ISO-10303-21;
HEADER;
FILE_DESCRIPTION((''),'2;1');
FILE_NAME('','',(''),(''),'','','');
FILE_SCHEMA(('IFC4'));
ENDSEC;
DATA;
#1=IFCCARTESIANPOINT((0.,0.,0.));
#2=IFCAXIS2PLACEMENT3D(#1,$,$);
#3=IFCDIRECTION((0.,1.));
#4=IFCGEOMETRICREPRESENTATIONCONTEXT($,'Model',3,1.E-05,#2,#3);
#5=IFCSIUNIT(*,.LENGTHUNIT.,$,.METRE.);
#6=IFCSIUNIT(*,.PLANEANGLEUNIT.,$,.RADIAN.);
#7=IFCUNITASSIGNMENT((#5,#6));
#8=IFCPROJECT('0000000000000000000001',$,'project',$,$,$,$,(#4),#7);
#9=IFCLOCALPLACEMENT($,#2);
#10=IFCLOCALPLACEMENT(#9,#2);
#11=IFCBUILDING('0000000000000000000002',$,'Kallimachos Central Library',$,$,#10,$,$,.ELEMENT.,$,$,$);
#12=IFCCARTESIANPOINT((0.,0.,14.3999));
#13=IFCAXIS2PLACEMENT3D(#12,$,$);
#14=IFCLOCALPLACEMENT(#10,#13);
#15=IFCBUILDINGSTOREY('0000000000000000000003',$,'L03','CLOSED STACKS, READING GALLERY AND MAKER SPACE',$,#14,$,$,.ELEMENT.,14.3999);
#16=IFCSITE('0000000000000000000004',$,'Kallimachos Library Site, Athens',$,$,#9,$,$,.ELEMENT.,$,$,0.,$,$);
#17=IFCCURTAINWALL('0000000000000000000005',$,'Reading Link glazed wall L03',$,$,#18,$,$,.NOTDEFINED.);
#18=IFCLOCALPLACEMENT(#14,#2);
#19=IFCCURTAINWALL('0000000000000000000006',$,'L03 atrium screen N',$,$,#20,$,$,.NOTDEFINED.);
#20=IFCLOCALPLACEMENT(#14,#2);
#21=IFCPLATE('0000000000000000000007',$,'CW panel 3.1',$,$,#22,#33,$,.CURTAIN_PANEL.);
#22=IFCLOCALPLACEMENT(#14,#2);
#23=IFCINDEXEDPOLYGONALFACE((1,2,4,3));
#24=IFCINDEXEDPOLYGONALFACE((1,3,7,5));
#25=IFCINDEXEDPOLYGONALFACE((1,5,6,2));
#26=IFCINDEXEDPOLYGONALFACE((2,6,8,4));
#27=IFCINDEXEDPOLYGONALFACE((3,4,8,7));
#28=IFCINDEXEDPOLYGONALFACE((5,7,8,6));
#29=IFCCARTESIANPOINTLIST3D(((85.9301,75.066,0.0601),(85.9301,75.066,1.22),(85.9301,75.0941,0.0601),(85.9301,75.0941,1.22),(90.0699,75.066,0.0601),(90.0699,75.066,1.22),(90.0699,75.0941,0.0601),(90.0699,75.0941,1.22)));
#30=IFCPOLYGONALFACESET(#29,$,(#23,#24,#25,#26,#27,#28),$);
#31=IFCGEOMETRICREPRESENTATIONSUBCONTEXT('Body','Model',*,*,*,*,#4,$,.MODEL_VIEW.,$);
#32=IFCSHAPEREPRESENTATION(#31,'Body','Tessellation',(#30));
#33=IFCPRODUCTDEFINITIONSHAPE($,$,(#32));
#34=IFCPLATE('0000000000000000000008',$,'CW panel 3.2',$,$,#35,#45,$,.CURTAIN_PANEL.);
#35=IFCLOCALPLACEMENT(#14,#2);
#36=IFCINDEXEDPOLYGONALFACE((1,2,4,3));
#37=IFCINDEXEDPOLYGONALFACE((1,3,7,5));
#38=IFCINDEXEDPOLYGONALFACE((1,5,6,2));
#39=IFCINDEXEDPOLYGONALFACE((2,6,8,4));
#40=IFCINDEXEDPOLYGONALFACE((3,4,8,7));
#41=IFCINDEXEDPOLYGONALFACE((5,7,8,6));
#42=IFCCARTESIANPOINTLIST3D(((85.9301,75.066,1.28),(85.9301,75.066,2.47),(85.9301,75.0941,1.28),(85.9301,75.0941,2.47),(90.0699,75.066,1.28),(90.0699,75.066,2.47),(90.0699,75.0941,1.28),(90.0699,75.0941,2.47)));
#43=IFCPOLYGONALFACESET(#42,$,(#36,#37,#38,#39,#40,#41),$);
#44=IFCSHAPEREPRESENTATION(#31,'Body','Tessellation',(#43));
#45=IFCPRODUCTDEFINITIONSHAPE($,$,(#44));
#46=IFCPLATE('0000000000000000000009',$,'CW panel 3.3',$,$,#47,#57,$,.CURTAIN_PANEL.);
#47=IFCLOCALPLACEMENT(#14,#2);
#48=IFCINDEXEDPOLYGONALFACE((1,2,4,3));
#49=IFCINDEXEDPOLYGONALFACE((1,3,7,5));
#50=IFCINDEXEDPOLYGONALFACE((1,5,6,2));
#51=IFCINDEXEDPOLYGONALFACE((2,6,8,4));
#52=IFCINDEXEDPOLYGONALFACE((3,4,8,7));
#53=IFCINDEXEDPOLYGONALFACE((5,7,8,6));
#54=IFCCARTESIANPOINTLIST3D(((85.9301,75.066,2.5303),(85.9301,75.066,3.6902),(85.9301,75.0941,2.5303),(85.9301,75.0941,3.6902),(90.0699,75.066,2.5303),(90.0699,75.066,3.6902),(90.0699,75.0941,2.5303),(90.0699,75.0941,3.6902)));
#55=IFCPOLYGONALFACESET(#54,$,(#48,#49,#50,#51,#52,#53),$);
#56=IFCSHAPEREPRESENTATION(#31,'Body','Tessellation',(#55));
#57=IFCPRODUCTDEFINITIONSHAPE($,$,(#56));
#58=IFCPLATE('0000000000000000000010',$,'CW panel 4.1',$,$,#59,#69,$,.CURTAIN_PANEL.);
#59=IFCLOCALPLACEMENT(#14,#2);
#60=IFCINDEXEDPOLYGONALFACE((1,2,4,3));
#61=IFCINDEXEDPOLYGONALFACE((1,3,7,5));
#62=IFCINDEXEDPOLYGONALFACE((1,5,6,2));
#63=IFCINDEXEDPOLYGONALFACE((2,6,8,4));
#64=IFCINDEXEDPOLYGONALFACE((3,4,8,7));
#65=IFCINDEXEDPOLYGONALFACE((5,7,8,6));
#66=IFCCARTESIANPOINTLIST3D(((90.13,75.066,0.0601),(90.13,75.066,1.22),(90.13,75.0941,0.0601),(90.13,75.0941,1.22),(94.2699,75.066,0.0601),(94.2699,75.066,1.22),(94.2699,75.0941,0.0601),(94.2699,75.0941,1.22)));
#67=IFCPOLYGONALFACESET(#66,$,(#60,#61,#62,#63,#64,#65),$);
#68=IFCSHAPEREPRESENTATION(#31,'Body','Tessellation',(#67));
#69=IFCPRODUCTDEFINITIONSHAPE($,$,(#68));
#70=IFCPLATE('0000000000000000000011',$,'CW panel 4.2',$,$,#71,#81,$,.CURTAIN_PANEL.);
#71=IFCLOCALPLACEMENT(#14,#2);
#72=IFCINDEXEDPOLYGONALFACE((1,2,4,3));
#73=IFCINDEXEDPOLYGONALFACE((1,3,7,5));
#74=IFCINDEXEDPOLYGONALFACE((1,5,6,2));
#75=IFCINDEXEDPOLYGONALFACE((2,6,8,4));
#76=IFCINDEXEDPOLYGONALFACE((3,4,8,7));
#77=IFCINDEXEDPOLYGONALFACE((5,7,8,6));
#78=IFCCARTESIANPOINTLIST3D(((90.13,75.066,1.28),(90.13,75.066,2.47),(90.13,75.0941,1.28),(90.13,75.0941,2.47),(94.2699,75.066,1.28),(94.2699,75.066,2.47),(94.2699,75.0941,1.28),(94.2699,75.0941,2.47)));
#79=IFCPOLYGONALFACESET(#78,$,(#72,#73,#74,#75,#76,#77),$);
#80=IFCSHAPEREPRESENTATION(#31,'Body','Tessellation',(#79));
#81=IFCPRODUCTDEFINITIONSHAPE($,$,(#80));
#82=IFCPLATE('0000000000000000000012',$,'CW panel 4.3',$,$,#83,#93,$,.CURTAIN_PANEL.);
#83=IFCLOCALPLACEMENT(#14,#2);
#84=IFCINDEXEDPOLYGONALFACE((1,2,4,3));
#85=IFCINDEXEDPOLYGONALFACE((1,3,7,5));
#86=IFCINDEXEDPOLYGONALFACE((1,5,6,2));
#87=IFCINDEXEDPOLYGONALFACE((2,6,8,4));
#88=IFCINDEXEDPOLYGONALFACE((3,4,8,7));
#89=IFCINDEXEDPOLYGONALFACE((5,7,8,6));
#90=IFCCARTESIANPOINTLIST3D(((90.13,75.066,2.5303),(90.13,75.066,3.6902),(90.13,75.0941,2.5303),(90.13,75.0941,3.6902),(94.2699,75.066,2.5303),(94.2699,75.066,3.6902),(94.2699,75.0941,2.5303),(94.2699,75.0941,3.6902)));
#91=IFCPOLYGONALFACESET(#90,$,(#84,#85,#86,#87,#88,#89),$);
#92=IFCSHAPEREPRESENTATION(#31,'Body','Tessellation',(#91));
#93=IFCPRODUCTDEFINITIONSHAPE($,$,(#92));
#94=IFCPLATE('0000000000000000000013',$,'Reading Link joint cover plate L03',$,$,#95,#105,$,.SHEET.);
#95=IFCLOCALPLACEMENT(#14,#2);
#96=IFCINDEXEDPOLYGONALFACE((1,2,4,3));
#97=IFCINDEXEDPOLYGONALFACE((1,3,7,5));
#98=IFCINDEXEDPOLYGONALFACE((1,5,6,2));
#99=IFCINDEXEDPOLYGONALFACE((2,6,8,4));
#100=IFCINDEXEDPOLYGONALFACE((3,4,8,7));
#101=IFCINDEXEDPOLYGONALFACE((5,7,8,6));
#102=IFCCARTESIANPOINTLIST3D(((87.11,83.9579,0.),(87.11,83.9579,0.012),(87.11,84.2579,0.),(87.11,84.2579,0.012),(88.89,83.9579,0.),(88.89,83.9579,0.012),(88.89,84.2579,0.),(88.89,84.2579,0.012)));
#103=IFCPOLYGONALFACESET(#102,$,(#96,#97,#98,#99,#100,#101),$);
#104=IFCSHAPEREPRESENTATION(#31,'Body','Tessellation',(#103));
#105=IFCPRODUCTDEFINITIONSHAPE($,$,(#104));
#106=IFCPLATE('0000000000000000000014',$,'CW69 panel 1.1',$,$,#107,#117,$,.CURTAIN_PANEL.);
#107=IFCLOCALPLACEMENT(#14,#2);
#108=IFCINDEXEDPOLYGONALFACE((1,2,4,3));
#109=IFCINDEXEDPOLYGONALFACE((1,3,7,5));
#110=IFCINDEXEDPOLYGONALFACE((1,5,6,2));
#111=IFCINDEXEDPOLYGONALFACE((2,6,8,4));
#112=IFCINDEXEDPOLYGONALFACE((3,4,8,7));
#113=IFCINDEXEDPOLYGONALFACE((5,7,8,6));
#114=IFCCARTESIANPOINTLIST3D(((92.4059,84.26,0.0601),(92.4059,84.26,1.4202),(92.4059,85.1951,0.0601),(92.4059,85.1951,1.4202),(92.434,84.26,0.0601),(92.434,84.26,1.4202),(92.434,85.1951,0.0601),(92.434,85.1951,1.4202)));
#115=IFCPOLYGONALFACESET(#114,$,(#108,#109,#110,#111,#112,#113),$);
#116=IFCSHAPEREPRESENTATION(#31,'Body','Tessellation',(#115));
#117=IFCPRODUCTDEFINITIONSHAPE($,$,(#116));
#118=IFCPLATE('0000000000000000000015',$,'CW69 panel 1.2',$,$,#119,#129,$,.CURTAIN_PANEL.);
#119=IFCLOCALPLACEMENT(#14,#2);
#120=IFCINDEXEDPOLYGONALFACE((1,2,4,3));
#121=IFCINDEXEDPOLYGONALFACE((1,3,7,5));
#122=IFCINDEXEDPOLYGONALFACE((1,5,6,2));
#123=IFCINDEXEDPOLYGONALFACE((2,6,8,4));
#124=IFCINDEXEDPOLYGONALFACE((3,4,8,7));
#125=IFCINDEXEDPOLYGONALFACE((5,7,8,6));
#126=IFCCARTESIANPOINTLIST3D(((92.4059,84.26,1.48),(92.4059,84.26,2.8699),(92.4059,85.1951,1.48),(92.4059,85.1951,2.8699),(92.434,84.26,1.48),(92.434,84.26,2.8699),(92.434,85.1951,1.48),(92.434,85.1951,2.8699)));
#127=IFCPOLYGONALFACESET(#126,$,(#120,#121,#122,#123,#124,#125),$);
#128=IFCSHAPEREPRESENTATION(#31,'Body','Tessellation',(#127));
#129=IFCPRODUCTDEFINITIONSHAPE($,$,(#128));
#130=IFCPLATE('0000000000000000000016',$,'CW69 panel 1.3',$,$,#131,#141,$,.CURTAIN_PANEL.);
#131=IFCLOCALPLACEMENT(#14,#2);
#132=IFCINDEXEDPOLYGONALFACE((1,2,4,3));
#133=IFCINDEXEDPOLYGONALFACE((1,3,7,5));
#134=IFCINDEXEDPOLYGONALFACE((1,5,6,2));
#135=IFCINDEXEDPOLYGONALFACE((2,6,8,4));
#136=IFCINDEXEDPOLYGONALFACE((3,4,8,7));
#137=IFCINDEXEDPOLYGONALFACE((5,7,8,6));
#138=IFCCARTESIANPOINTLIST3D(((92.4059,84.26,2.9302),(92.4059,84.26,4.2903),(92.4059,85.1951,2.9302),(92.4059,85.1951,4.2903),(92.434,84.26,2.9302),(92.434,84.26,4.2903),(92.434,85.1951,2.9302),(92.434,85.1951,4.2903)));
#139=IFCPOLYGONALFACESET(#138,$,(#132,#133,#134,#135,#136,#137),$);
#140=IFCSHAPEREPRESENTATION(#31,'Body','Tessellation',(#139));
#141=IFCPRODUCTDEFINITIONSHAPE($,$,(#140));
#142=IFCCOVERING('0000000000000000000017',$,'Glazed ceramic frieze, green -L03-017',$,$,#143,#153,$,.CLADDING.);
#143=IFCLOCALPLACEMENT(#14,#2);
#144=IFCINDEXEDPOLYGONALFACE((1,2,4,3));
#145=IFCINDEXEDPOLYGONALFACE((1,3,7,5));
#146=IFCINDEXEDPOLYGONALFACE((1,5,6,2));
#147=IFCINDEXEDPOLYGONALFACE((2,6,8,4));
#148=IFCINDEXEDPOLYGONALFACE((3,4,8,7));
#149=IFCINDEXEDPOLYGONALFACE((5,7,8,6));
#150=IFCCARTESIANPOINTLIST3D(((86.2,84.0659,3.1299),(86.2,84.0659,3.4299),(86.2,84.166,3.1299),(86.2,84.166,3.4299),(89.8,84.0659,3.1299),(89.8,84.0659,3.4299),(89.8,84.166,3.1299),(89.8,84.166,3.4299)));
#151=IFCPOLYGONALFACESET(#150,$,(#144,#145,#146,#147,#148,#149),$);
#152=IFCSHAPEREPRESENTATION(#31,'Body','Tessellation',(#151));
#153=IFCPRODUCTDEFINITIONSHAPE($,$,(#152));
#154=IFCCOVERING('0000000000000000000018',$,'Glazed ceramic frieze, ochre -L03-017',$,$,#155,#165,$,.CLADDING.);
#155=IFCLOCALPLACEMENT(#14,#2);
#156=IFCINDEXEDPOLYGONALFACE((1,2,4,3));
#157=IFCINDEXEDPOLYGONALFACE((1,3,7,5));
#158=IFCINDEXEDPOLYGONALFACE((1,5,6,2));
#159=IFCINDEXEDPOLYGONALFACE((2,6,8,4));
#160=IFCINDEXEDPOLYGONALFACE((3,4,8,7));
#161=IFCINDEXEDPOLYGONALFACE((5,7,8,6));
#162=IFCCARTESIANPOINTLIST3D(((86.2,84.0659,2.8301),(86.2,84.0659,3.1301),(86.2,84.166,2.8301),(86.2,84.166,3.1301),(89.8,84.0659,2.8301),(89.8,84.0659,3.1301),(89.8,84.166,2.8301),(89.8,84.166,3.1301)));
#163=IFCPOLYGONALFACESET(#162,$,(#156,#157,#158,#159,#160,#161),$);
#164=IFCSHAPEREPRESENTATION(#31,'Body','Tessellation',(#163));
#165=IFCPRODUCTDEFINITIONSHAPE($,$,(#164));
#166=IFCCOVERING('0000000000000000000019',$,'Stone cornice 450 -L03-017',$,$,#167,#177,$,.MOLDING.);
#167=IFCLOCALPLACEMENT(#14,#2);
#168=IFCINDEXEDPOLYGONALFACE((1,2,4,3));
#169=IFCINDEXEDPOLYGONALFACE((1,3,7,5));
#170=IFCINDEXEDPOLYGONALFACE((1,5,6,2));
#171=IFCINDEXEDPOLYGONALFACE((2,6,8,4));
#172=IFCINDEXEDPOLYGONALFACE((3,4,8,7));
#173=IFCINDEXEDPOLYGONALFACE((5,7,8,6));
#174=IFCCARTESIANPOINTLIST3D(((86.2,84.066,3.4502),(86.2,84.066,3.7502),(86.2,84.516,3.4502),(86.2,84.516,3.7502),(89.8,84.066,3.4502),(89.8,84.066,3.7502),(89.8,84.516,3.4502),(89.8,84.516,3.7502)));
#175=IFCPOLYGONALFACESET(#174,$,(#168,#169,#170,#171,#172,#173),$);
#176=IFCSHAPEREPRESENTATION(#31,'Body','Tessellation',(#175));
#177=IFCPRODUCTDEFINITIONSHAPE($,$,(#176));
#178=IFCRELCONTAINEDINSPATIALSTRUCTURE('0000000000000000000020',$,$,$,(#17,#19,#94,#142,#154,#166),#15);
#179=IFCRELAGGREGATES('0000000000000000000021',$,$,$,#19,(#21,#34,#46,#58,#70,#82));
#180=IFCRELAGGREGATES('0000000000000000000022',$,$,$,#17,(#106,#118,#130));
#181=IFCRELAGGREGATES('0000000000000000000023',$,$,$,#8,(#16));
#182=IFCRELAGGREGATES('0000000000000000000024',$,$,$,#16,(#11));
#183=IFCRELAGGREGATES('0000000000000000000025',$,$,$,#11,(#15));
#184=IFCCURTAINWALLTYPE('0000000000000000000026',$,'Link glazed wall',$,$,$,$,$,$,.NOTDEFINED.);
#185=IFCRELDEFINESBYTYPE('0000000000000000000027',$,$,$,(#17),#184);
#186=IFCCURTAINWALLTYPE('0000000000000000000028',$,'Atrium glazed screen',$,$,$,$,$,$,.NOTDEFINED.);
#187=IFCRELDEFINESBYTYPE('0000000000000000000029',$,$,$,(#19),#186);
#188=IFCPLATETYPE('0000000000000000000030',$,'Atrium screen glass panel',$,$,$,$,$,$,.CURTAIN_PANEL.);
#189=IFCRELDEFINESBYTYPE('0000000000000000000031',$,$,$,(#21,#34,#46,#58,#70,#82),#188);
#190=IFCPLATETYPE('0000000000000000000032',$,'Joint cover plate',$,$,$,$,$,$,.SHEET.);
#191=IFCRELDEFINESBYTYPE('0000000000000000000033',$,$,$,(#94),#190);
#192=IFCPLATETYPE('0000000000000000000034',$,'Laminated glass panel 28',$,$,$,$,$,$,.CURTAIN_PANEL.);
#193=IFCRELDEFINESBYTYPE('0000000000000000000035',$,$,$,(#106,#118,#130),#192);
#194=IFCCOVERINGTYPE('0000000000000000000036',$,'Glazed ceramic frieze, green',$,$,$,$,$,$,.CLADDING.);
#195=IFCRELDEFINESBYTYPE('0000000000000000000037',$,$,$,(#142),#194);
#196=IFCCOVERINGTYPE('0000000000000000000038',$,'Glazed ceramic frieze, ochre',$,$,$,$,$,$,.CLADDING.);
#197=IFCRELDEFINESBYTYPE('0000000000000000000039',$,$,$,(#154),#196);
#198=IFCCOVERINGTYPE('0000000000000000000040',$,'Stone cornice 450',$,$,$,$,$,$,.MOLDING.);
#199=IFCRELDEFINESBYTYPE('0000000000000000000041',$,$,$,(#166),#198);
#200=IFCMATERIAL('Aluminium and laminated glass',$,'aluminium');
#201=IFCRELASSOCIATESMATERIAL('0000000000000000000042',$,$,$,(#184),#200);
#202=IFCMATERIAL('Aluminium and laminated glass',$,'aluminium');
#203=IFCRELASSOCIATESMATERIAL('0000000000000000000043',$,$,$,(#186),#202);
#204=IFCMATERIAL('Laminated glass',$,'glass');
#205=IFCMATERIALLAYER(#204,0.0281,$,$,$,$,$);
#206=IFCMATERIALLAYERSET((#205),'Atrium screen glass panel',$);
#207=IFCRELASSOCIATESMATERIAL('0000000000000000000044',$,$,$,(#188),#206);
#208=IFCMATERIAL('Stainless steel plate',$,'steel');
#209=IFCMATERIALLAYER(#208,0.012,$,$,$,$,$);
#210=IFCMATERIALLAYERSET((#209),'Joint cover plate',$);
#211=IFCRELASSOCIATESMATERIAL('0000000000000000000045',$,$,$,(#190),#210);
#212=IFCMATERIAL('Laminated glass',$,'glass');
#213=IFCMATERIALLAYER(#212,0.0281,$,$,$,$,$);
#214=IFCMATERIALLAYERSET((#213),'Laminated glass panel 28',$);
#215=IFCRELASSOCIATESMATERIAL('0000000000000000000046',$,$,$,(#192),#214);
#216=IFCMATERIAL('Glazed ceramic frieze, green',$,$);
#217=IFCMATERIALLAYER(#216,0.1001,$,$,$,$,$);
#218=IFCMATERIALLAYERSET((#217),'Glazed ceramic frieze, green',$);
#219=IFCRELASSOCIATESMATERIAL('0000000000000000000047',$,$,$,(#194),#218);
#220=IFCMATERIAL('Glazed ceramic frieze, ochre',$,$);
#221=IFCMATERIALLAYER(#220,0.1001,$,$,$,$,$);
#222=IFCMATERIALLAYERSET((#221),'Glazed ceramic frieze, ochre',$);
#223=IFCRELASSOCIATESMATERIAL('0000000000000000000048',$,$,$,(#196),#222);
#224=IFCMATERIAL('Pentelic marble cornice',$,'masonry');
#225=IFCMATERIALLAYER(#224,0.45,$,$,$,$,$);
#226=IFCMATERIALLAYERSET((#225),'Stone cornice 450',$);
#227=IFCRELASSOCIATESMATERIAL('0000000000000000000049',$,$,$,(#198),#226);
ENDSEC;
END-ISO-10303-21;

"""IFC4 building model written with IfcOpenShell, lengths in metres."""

from ifc_helpers import new_model, si_unit, direction, frame, origin, origin_2d, place, context, subcontext, project, spatial, rectangle, extrude, material, layer, layer_set, type_object, element, aggregate, save


model = new_model("IFC4")

# Units and contexts
model_context = context("Model", 3, precision=1e-05, world=origin(), true_north=direction((0.0, 1.0)))
body_context = subcontext(model_context, "Body", "Model", "MODEL_VIEW")
ifc_project = project(units=[si_unit("LENGTHUNIT", "METRE"), si_unit("PLANEANGLEUNIT", "RADIAN")], contexts=[model_context])

# Site, building, storey
site_placement = place(None, origin())
site = spatial("IfcSite", under=ifc_project, at=site_placement, Name="Kallimachos Library Site, Athens", CompositionType="ELEMENT", RefElevation=0.0)
building_placement = place(site_placement, origin())
building = spatial("IfcBuilding", under=site, at=building_placement, Name="Kallimachos Central Library", CompositionType="ELEMENT")
storey_placement = place(building_placement, frame((0.0, 0.0, 14.3999)))
storey = spatial("IfcBuildingStorey", under=building, at=storey_placement, Name="L03", Description="CLOSED STACKS, READING GALLERY AND MAKER SPACE", CompositionType="ELEMENT", Elevation=14.3999)

# Curtain walls
ifc_material_1 = material(Name="Aluminium and laminated glass", Category="aluminium")
curtain_wall_type_1 = type_object("IfcCurtainWallType", Name="Link glazed wall", PredefinedType="NOTDEFINED", material=ifc_material_1)
curtain_wall_1_placement = place(storey_placement, origin())
curtain_wall_1 = element("IfcCurtainWall", 1, at=curtain_wall_1_placement, inside=storey, type_object=curtain_wall_type_1, Name="Reading Link glazed wall L03", PredefinedType="NOTDEFINED")
ifc_material_2 = material(Name="Aluminium and laminated glass", Category="aluminium")
curtain_wall_type_2 = type_object("IfcCurtainWallType", Name="Atrium glazed screen", PredefinedType="NOTDEFINED", material=ifc_material_2)
curtain_wall_2_placement = place(storey_placement, origin())
curtain_wall_2 = element("IfcCurtainWall", 2, at=curtain_wall_2_placement, inside=storey, type_object=curtain_wall_type_2, Name="L03 atrium screen N", PredefinedType="NOTDEFINED")

# Plates
ifc_material_3 = material(Name="Laminated glass", Category="glass")
ifc_layer_1 = layer(ifc_material_3, 0.0281)
ifc_layer_set_1 = layer_set([ifc_layer_1], Name="Atrium screen glass panel")
plate_type_1 = type_object("IfcPlateType", Name="Atrium screen glass panel", PredefinedType="CURTAIN_PANEL", material=ifc_layer_set_1)
plate_1_placement = place(storey_placement, frame((88.0, 75.0801, 0.0601), z_axis=(0.0, 0.0, 1.0), x_axis=(1.0, 0.0, 0.0)))
plate_1 = element("IfcPlate", 3, at=plate_1_placement, type_object=plate_type_1, Name="CW panel 3.1", PredefinedType="CURTAIN_PANEL", context=body_context, shape_type="SweptSolid", body=[
    extrude(rectangle(XDim=4.1399, YDim=0.0281, at=origin_2d()), origin(), (0.0, 0.0, 1.0), 1.1599),
])
plate_2_placement = place(storey_placement, frame((88.0, 75.0801, 1.28), z_axis=(0.0, 0.0, 1.0), x_axis=(1.0, 0.0, 0.0)))
plate_2 = element("IfcPlate", 4, at=plate_2_placement, type_object=plate_type_1, Name="CW panel 3.2", PredefinedType="CURTAIN_PANEL", context=body_context, shape_type="SweptSolid", body=[
    extrude(rectangle(XDim=4.1399, YDim=0.0281, at=origin_2d()), origin(), (0.0, 0.0, 1.0), 1.1899),
])
plate_3_placement = place(storey_placement, frame((88.0, 75.0801, 2.5303), z_axis=(0.0, 0.0, 1.0), x_axis=(1.0, 0.0, 0.0)))
plate_3 = element("IfcPlate", 5, at=plate_3_placement, type_object=plate_type_1, Name="CW panel 3.3", PredefinedType="CURTAIN_PANEL", context=body_context, shape_type="SweptSolid", body=[
    extrude(rectangle(XDim=4.1399, YDim=0.0281, at=origin_2d()), origin(), (0.0, 0.0, 1.0), 1.1599),
])
plate_4_placement = place(storey_placement, frame((92.2, 75.0801, 0.0601), z_axis=(0.0, 0.0, 1.0), x_axis=(1.0, 0.0, 0.0)))
plate_4 = element("IfcPlate", 6, at=plate_4_placement, type_object=plate_type_1, Name="CW panel 4.1", PredefinedType="CURTAIN_PANEL", context=body_context, shape_type="SweptSolid", body=[
    extrude(rectangle(XDim=4.1399, YDim=0.0281, at=origin_2d()), origin(), (0.0, 0.0, 1.0), 1.1599),
])
plate_5_placement = place(storey_placement, frame((92.2, 75.0801, 1.28), z_axis=(0.0, 0.0, 1.0), x_axis=(1.0, 0.0, 0.0)))
plate_5 = element("IfcPlate", 7, at=plate_5_placement, type_object=plate_type_1, Name="CW panel 4.2", PredefinedType="CURTAIN_PANEL", context=body_context, shape_type="SweptSolid", body=[
    extrude(rectangle(XDim=4.1399, YDim=0.0281, at=origin_2d()), origin(), (0.0, 0.0, 1.0), 1.1899),
])
plate_6_placement = place(storey_placement, frame((92.2, 75.0801, 2.5303), z_axis=(0.0, 0.0, 1.0), x_axis=(1.0, 0.0, 0.0)))
plate_6 = element("IfcPlate", 8, at=plate_6_placement, type_object=plate_type_1, Name="CW panel 4.3", PredefinedType="CURTAIN_PANEL", context=body_context, shape_type="SweptSolid", body=[
    extrude(rectangle(XDim=4.1399, YDim=0.0281, at=origin_2d()), origin(), (0.0, 0.0, 1.0), 1.1599),
])
aggregate(curtain_wall_2, [plate_1, plate_2, plate_3, plate_4, plate_5, plate_6])
ifc_material_4 = material(Name="Stainless steel plate", Category="steel")
ifc_layer_2 = layer(ifc_material_4, 0.012)
ifc_layer_set_2 = layer_set([ifc_layer_2], Name="Joint cover plate")
plate_type_2 = type_object("IfcPlateType", Name="Joint cover plate", PredefinedType="SHEET", material=ifc_layer_set_2)
plate_7_placement = place(storey_placement, frame((88.0, 84.1079, 0.0), z_axis=(0.0, 0.0, 1.0), x_axis=(1.0, 0.0, 0.0)))
element("IfcPlate", 9, at=plate_7_placement, inside=storey, type_object=plate_type_2, Name="Reading Link joint cover plate L03", PredefinedType="SHEET", context=body_context, shape_type="SweptSolid", body=[
    extrude(rectangle(XDim=1.78, YDim=0.3, at=origin_2d()), origin(), (0.0, 0.0, 1.0), 0.012),
])
ifc_material_5 = material(Name="Laminated glass", Category="glass")
ifc_layer_3 = layer(ifc_material_5, 0.0281)
ifc_layer_set_3 = layer_set([ifc_layer_3], Name="Laminated glass panel 28")
plate_type_3 = type_object("IfcPlateType", Name="Laminated glass panel 28", PredefinedType="CURTAIN_PANEL", material=ifc_layer_set_3)
plate_8_placement = place(storey_placement, frame((92.4199, 84.7275, 0.0601), z_axis=(0.0, 0.0, 1.0), x_axis=(0.0, 1.0, 0.0)))
plate_8 = element("IfcPlate", 10, at=plate_8_placement, type_object=plate_type_3, Name="CW69 panel 1.1", PredefinedType="CURTAIN_PANEL", context=body_context, shape_type="SweptSolid", body=[
    extrude(rectangle(XDim=0.9351, YDim=0.0281, at=origin_2d()), origin(), (0.0, 0.0, 1.0), 1.3601),
])
plate_9_placement = place(storey_placement, frame((92.4199, 84.7275, 1.48), z_axis=(0.0, 0.0, 1.0), x_axis=(0.0, 1.0, 0.0)))
plate_9 = element("IfcPlate", 11, at=plate_9_placement, type_object=plate_type_3, Name="CW69 panel 1.2", PredefinedType="CURTAIN_PANEL", context=body_context, shape_type="SweptSolid", body=[
    extrude(rectangle(XDim=0.9351, YDim=0.0281, at=origin_2d()), origin(), (0.0, 0.0, 1.0), 1.3899),
])
plate_10_placement = place(storey_placement, frame((92.4199, 84.7275, 2.9302), z_axis=(0.0, 0.0, 1.0), x_axis=(0.0, 1.0, 0.0)))
plate_10 = element("IfcPlate", 12, at=plate_10_placement, type_object=plate_type_3, Name="CW69 panel 1.3", PredefinedType="CURTAIN_PANEL", context=body_context, shape_type="SweptSolid", body=[
    extrude(rectangle(XDim=0.9351, YDim=0.0281, at=origin_2d()), origin(), (0.0, 0.0, 1.0), 1.3601),
])
aggregate(curtain_wall_1, [plate_8, plate_9, plate_10])

# Coverings
ifc_material_6 = material(Name="Glazed ceramic frieze, green")
ifc_layer_4 = layer(ifc_material_6, 0.1001)
ifc_layer_set_4 = layer_set([ifc_layer_4], Name="Glazed ceramic frieze, green")
covering_type_1 = type_object("IfcCoveringType", Name="Glazed ceramic frieze, green", PredefinedType="CLADDING", material=ifc_layer_set_4)
covering_1_placement = place(storey_placement, frame((88.0, 84.116, 3.1299), z_axis=(0.0, 0.0, 1.0), x_axis=(1.0, 0.0, 0.0)))
element("IfcCovering", 13, at=covering_1_placement, inside=storey, type_object=covering_type_1, Name="Glazed ceramic frieze, green -L03-017", PredefinedType="CLADDING", context=body_context, shape_type="SweptSolid", body=[
    extrude(rectangle(XDim=3.6001, YDim=0.1001, at=origin_2d()), origin(), (0.0, 0.0, 1.0), 0.3),
])
ifc_material_7 = material(Name="Glazed ceramic frieze, ochre")
ifc_layer_5 = layer(ifc_material_7, 0.1001)
ifc_layer_set_5 = layer_set([ifc_layer_5], Name="Glazed ceramic frieze, ochre")
covering_type_2 = type_object("IfcCoveringType", Name="Glazed ceramic frieze, ochre", PredefinedType="CLADDING", material=ifc_layer_set_5)
covering_2_placement = place(storey_placement, frame((88.0, 84.116, 2.8301), z_axis=(0.0, 0.0, 1.0), x_axis=(1.0, 0.0, 0.0)))
element("IfcCovering", 14, at=covering_2_placement, inside=storey, type_object=covering_type_2, Name="Glazed ceramic frieze, ochre -L03-017", PredefinedType="CLADDING", context=body_context, shape_type="SweptSolid", body=[
    extrude(rectangle(XDim=3.6001, YDim=0.1001, at=origin_2d()), origin(), (0.0, 0.0, 1.0), 0.3),
])
ifc_material_8 = material(Name="Pentelic marble cornice", Category="masonry")
ifc_layer_6 = layer(ifc_material_8, 0.45)
ifc_layer_set_6 = layer_set([ifc_layer_6], Name="Stone cornice 450")
covering_type_3 = type_object("IfcCoveringType", Name="Stone cornice 450", PredefinedType="MOLDING", material=ifc_layer_set_6)
covering_3_placement = place(storey_placement, frame((88.0, 84.291, 3.4502), z_axis=(0.0, 0.0, 1.0), x_axis=(1.0, 0.0, 0.0)))
element("IfcCovering", 15, at=covering_3_placement, inside=storey, type_object=covering_type_3, Name="Stone cornice 450 -L03-017", PredefinedType="MOLDING", context=body_context, shape_type="SweptSolid", body=[
    extrude(rectangle(XDim=3.6001, YDim=0.45, at=origin_2d()), origin(), (0.0, 0.0, 1.0), 0.3),
])

save(model, "model.ifc")
